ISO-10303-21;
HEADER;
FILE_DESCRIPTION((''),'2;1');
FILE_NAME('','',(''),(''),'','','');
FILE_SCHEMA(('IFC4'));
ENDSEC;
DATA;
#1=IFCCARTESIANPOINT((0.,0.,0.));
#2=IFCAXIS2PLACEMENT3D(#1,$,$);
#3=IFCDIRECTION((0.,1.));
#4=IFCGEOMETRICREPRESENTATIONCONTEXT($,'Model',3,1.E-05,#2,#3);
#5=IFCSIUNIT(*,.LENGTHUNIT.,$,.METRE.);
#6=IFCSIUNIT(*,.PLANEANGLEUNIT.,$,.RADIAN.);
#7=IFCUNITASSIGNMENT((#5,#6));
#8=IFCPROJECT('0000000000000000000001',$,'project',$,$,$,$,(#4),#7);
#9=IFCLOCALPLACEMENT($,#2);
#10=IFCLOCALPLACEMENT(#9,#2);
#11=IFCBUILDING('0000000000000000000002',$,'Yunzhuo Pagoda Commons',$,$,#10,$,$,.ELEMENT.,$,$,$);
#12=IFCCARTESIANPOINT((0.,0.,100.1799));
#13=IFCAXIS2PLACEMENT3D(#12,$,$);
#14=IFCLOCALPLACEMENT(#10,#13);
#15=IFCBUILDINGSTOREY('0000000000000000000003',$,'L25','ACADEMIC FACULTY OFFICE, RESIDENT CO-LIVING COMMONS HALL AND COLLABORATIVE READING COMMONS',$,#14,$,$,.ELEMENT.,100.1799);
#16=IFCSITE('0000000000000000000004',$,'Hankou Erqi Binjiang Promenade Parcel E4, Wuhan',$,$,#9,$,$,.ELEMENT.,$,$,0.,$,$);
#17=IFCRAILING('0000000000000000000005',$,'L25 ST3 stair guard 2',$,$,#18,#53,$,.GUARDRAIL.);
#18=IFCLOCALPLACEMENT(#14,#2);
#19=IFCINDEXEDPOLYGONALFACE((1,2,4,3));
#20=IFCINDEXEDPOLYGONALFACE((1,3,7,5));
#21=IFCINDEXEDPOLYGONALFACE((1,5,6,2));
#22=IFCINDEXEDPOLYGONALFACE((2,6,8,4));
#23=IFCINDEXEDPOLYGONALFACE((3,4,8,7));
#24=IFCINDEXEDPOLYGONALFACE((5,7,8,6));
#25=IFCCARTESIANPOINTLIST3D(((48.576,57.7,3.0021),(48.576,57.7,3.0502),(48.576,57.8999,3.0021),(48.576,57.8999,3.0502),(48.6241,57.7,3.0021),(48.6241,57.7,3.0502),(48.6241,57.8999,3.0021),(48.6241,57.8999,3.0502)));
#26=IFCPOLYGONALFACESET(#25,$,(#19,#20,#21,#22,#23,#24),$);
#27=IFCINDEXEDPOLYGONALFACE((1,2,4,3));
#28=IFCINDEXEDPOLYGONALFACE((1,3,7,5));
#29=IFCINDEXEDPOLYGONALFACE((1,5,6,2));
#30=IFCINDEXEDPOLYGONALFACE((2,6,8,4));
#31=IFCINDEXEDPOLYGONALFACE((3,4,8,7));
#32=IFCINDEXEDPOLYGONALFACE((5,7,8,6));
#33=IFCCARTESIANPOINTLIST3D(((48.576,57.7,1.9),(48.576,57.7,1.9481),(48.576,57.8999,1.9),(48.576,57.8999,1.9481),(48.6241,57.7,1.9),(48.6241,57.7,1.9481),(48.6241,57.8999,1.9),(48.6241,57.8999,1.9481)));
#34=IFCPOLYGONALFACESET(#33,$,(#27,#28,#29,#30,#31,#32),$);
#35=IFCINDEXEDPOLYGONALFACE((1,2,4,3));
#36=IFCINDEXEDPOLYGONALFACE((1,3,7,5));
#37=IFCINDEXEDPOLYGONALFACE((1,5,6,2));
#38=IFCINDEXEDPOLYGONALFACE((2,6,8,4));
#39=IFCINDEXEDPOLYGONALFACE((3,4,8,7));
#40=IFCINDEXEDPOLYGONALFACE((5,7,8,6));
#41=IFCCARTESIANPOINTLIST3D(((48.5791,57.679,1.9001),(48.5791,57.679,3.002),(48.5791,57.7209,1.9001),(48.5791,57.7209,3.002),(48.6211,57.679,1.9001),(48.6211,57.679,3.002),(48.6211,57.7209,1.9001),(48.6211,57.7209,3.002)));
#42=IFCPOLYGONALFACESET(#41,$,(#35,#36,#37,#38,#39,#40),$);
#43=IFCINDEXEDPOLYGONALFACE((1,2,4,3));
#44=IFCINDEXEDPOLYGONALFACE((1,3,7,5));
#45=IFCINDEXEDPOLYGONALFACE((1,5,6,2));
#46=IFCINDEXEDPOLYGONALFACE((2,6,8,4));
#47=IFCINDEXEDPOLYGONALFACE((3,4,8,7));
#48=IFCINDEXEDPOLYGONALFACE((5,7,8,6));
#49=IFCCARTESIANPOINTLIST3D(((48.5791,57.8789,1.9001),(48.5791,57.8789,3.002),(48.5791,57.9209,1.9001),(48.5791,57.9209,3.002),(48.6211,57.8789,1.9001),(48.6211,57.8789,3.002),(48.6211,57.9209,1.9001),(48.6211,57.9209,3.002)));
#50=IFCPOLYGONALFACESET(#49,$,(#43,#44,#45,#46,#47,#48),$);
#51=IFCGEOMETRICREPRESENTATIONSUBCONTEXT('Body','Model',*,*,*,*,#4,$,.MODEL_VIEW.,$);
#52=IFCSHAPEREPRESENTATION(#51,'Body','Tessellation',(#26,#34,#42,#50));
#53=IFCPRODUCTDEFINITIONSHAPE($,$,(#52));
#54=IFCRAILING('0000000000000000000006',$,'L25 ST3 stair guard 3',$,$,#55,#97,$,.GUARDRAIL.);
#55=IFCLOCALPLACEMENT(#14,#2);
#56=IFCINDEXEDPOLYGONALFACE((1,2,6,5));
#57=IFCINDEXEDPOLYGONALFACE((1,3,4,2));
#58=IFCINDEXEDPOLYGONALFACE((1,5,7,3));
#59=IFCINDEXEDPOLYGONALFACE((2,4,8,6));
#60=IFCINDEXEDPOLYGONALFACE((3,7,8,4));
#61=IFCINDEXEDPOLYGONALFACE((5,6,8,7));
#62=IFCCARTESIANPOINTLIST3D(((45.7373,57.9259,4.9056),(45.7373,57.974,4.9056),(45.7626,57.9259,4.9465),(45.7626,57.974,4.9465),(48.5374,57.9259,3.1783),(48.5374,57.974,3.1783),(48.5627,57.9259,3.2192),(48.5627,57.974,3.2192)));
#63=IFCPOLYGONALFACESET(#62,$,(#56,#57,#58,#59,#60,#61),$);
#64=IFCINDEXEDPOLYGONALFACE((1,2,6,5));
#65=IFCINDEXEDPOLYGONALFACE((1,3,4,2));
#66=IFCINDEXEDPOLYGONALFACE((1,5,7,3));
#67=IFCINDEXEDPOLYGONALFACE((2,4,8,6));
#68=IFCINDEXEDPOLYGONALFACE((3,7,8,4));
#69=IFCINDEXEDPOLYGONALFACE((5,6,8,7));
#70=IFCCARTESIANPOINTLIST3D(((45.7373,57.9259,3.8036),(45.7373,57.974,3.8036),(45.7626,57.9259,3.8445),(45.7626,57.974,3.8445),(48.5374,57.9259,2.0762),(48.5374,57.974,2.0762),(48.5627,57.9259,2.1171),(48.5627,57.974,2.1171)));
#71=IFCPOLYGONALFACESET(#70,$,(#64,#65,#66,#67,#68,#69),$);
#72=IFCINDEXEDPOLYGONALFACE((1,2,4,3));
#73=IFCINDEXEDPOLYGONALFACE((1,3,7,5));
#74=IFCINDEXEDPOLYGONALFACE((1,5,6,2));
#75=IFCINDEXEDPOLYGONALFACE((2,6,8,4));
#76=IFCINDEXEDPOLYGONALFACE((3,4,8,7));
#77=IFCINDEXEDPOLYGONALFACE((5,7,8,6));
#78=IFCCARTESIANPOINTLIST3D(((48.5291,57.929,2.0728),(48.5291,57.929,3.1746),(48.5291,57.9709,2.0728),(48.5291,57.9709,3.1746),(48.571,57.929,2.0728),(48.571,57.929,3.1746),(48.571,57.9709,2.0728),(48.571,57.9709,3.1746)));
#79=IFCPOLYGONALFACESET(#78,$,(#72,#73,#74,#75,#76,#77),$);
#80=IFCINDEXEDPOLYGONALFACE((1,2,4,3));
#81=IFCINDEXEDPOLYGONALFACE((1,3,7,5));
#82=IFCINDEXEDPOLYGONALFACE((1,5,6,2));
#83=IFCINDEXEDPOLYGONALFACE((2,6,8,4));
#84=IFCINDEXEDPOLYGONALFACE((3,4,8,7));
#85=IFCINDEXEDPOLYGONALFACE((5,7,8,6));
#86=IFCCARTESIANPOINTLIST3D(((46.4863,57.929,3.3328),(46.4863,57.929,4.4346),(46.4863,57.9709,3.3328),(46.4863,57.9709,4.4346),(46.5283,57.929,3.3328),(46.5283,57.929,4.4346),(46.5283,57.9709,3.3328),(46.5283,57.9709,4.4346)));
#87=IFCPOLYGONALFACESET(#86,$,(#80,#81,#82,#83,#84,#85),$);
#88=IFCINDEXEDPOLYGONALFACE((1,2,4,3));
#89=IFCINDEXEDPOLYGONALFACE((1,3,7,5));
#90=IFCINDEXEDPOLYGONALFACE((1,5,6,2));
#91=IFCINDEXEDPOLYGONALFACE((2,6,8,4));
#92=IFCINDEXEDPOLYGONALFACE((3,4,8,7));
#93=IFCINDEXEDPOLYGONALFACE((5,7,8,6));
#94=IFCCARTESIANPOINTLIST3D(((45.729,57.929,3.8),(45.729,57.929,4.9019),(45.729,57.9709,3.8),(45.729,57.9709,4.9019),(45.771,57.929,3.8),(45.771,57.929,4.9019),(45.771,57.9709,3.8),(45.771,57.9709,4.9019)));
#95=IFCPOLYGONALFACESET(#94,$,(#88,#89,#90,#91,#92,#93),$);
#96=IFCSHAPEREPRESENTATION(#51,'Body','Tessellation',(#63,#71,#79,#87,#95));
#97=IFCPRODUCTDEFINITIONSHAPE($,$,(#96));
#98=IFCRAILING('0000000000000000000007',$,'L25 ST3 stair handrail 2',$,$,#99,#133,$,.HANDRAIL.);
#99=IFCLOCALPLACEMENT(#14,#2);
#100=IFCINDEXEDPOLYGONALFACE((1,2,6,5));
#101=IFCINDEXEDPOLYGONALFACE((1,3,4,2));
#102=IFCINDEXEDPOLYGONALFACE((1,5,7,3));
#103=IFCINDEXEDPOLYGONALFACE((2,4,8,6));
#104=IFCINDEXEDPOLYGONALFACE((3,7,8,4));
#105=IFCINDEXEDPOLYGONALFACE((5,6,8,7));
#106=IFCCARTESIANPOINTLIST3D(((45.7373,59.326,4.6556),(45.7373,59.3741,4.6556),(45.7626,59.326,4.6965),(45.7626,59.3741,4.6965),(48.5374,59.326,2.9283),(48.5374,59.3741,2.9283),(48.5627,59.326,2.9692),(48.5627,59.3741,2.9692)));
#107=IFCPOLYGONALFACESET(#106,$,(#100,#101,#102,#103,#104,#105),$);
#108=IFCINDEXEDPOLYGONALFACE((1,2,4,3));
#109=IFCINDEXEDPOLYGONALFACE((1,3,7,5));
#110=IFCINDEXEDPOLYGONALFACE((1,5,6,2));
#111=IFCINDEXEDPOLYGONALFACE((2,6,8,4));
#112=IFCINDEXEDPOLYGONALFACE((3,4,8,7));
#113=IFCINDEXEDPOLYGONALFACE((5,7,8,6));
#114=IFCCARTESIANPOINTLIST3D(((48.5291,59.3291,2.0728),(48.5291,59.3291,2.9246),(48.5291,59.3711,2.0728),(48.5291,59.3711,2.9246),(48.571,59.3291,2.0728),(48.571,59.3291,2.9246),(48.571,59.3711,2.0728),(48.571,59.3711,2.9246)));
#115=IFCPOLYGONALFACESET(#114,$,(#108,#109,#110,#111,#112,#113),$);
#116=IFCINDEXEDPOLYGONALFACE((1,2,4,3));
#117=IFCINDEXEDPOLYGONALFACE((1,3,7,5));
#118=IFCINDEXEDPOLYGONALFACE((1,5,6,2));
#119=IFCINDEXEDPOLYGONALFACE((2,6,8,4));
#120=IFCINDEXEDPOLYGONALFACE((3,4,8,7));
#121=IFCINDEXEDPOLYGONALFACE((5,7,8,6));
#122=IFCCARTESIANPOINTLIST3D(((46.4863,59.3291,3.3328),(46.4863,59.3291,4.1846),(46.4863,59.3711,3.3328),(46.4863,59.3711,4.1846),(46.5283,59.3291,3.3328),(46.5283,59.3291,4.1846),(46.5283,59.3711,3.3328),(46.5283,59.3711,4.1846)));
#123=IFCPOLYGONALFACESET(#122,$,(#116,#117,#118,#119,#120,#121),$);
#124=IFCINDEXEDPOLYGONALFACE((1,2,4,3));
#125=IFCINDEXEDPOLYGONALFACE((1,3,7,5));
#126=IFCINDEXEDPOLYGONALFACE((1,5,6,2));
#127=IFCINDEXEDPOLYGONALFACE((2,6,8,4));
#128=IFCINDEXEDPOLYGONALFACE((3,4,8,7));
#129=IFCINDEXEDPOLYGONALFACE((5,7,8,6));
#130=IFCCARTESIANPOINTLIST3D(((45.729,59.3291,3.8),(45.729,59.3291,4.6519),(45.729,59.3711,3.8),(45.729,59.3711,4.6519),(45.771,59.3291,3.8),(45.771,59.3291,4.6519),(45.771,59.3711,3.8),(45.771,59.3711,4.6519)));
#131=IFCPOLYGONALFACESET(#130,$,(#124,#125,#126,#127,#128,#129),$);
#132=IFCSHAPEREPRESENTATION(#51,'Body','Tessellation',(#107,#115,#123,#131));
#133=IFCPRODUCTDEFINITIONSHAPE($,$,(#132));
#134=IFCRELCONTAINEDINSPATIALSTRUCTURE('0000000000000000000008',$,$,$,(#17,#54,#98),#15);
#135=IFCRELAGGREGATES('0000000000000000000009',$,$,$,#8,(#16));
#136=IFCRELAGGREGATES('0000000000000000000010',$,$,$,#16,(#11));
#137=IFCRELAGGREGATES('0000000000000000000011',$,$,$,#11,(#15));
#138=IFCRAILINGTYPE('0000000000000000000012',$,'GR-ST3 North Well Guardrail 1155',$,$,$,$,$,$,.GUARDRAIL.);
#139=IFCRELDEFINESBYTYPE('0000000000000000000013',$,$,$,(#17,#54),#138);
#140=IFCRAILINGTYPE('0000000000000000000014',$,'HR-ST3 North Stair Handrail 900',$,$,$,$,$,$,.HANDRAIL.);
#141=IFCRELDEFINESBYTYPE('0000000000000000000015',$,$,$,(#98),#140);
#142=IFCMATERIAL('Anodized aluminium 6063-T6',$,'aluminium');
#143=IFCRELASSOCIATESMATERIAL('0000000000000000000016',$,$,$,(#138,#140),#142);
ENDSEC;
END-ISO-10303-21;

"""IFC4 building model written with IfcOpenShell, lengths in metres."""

from ifc_helpers import new_model, si_unit, direction, frame, origin, origin_2d, place, context, subcontext, project, spatial, rectangle, extrude, material, type_object, element, save


model = new_model("IFC4")

# Units and contexts
model_context = context("Model", 3, precision=1e-05, world=origin(), true_north=direction((0.0, 1.0)))
body_context = subcontext(model_context, "Body", "Model", "MODEL_VIEW")
ifc_project = project(units=[si_unit("LENGTHUNIT", "METRE"), si_unit("PLANEANGLEUNIT", "RADIAN")], contexts=[model_context])

# Site, building, storey
site_placement = place(None, origin())
site = spatial("IfcSite", under=ifc_project, at=site_placement, Name="Hankou Erqi Binjiang Promenade Parcel E4, Wuhan", CompositionType="ELEMENT", RefElevation=0.0)
building_placement = place(site_placement, origin())
building = spatial("IfcBuilding", under=site, at=building_placement, Name="Yunzhuo Pagoda Commons", CompositionType="ELEMENT")
storey_placement = place(building_placement, frame((0.0, 0.0, 100.1799)))
storey = spatial("IfcBuildingStorey", under=building, at=storey_placement, Name="L25", Description="ACADEMIC FACULTY OFFICE, RESIDENT CO-LIVING COMMONS HALL AND COLLABORATIVE READING COMMONS", CompositionType="ELEMENT", Elevation=100.1799)

# Shared definitions
ifc_material_1 = material(Name="Anodized aluminium 6063-T6", Category="aluminium")

# Railings
railing_type_1 = type_object("IfcRailingType", Name="GR-ST3 North Well Guardrail 1155", PredefinedType="GUARDRAIL", material=ifc_material_1)
railing_1_placement = place(storey_placement, frame((48.6001, 57.7, 1.9001)))
element("IfcRailing", 1, at=railing_1_placement, inside=storey, type_object=railing_type_1, Name="L25 ST3 stair guard 2", PredefinedType="GUARDRAIL", context=body_context, shape_type="SweptSolid", body=[
    extrude(rectangle(XDim=0.0481, YDim=0.0481, at=origin_2d()), frame((0.0, 0.0, 1.126), z_axis=(0.0, 1.0, 0.0), x_axis=(-1.0, 0.0, 0.0)), (0.0, 0.0, 1.0), 0.2),
    extrude(rectangle(XDim=0.0481, YDim=0.0481, at=origin_2d()), frame((0.0, 0.0, 0.0239), z_axis=(0.0, 1.0, 0.0), x_axis=(-1.0, 0.0, 0.0)), (0.0, 0.0, 1.0), 0.2),
    extrude(rectangle(XDim=0.042, YDim=0.042, at=origin_2d()), origin(), (0.0, 0.0, 1.0), 1.1018),
    extrude(rectangle(XDim=0.042, YDim=0.042, at=origin_2d()), frame((0.0, 0.2, 0.0)), (0.0, 0.0, 1.0), 1.1018),
])
railing_2_placement = place(storey_placement, frame((48.55, 57.95, 2.0728)))
element("IfcRailing", 2, at=railing_2_placement, inside=storey, type_object=railing_type_1, Name="L25 ST3 stair guard 3", PredefinedType="GUARDRAIL", context=body_context, shape_type="SweptSolid", body=[
    extrude(rectangle(XDim=0.0481, YDim=0.0481, at=origin_2d()), frame((0.0, 0.0, 1.126), z_axis=(-0.85109, 0.0, 0.52502), x_axis=(0.0, -1.0, 0.0)), (0.0, 0.0, 1.0), 3.29),
    extrude(rectangle(XDim=0.0481, YDim=0.0481, at=origin_2d()), frame((0.0, 0.0, 0.0239), z_axis=(-0.85109, 0.0, 0.52502), x_axis=(0.0, -1.0, 0.0)), (0.0, 0.0, 1.0), 3.29),
    extrude(rectangle(XDim=0.042, YDim=0.042, at=origin_2d()), origin(), (0.0, 0.0, 1.0), 1.1018),
    extrude(rectangle(XDim=0.042, YDim=0.042, at=origin_2d()), frame((-2.0427, 0.0, 1.26)), (0.0, 0.0, 1.0), 1.1018),
    extrude(rectangle(XDim=0.042, YDim=0.042, at=origin_2d()), frame((-2.8, 0.0, 1.7273)), (0.0, 0.0, 1.0), 1.1018),
])
railing_type_2 = type_object("IfcRailingType", Name="HR-ST3 North Stair Handrail 900", PredefinedType="HANDRAIL", material=ifc_material_1)
railing_3_placement = place(storey_placement, frame((48.55, 59.3501, 2.0728)))
element("IfcRailing", 3, at=railing_3_placement, inside=storey, type_object=railing_type_2, Name="L25 ST3 stair handrail 2", PredefinedType="HANDRAIL", context=body_context, shape_type="SweptSolid", body=[
    extrude(rectangle(XDim=0.0481, YDim=0.0481, at=origin_2d()), frame((0.0, 0.0, 0.876), z_axis=(-0.85109, 0.0, 0.52502), x_axis=(0.0, -1.0, 0.0)), (0.0, 0.0, 1.0), 3.29),
    extrude(rectangle(XDim=0.042, YDim=0.042, at=origin_2d()), origin(), (0.0, 0.0, 1.0), 0.8518),
    extrude(rectangle(XDim=0.042, YDim=0.042, at=origin_2d()), frame((-2.0427, 0.0, 1.26)), (0.0, 0.0, 1.0), 0.8518),
    extrude(rectangle(XDim=0.042, YDim=0.042, at=origin_2d()), frame((-2.8, 0.0, 1.7273)), (0.0, 0.0, 1.0), 0.8518),
])

save(model, "model.ifc")
